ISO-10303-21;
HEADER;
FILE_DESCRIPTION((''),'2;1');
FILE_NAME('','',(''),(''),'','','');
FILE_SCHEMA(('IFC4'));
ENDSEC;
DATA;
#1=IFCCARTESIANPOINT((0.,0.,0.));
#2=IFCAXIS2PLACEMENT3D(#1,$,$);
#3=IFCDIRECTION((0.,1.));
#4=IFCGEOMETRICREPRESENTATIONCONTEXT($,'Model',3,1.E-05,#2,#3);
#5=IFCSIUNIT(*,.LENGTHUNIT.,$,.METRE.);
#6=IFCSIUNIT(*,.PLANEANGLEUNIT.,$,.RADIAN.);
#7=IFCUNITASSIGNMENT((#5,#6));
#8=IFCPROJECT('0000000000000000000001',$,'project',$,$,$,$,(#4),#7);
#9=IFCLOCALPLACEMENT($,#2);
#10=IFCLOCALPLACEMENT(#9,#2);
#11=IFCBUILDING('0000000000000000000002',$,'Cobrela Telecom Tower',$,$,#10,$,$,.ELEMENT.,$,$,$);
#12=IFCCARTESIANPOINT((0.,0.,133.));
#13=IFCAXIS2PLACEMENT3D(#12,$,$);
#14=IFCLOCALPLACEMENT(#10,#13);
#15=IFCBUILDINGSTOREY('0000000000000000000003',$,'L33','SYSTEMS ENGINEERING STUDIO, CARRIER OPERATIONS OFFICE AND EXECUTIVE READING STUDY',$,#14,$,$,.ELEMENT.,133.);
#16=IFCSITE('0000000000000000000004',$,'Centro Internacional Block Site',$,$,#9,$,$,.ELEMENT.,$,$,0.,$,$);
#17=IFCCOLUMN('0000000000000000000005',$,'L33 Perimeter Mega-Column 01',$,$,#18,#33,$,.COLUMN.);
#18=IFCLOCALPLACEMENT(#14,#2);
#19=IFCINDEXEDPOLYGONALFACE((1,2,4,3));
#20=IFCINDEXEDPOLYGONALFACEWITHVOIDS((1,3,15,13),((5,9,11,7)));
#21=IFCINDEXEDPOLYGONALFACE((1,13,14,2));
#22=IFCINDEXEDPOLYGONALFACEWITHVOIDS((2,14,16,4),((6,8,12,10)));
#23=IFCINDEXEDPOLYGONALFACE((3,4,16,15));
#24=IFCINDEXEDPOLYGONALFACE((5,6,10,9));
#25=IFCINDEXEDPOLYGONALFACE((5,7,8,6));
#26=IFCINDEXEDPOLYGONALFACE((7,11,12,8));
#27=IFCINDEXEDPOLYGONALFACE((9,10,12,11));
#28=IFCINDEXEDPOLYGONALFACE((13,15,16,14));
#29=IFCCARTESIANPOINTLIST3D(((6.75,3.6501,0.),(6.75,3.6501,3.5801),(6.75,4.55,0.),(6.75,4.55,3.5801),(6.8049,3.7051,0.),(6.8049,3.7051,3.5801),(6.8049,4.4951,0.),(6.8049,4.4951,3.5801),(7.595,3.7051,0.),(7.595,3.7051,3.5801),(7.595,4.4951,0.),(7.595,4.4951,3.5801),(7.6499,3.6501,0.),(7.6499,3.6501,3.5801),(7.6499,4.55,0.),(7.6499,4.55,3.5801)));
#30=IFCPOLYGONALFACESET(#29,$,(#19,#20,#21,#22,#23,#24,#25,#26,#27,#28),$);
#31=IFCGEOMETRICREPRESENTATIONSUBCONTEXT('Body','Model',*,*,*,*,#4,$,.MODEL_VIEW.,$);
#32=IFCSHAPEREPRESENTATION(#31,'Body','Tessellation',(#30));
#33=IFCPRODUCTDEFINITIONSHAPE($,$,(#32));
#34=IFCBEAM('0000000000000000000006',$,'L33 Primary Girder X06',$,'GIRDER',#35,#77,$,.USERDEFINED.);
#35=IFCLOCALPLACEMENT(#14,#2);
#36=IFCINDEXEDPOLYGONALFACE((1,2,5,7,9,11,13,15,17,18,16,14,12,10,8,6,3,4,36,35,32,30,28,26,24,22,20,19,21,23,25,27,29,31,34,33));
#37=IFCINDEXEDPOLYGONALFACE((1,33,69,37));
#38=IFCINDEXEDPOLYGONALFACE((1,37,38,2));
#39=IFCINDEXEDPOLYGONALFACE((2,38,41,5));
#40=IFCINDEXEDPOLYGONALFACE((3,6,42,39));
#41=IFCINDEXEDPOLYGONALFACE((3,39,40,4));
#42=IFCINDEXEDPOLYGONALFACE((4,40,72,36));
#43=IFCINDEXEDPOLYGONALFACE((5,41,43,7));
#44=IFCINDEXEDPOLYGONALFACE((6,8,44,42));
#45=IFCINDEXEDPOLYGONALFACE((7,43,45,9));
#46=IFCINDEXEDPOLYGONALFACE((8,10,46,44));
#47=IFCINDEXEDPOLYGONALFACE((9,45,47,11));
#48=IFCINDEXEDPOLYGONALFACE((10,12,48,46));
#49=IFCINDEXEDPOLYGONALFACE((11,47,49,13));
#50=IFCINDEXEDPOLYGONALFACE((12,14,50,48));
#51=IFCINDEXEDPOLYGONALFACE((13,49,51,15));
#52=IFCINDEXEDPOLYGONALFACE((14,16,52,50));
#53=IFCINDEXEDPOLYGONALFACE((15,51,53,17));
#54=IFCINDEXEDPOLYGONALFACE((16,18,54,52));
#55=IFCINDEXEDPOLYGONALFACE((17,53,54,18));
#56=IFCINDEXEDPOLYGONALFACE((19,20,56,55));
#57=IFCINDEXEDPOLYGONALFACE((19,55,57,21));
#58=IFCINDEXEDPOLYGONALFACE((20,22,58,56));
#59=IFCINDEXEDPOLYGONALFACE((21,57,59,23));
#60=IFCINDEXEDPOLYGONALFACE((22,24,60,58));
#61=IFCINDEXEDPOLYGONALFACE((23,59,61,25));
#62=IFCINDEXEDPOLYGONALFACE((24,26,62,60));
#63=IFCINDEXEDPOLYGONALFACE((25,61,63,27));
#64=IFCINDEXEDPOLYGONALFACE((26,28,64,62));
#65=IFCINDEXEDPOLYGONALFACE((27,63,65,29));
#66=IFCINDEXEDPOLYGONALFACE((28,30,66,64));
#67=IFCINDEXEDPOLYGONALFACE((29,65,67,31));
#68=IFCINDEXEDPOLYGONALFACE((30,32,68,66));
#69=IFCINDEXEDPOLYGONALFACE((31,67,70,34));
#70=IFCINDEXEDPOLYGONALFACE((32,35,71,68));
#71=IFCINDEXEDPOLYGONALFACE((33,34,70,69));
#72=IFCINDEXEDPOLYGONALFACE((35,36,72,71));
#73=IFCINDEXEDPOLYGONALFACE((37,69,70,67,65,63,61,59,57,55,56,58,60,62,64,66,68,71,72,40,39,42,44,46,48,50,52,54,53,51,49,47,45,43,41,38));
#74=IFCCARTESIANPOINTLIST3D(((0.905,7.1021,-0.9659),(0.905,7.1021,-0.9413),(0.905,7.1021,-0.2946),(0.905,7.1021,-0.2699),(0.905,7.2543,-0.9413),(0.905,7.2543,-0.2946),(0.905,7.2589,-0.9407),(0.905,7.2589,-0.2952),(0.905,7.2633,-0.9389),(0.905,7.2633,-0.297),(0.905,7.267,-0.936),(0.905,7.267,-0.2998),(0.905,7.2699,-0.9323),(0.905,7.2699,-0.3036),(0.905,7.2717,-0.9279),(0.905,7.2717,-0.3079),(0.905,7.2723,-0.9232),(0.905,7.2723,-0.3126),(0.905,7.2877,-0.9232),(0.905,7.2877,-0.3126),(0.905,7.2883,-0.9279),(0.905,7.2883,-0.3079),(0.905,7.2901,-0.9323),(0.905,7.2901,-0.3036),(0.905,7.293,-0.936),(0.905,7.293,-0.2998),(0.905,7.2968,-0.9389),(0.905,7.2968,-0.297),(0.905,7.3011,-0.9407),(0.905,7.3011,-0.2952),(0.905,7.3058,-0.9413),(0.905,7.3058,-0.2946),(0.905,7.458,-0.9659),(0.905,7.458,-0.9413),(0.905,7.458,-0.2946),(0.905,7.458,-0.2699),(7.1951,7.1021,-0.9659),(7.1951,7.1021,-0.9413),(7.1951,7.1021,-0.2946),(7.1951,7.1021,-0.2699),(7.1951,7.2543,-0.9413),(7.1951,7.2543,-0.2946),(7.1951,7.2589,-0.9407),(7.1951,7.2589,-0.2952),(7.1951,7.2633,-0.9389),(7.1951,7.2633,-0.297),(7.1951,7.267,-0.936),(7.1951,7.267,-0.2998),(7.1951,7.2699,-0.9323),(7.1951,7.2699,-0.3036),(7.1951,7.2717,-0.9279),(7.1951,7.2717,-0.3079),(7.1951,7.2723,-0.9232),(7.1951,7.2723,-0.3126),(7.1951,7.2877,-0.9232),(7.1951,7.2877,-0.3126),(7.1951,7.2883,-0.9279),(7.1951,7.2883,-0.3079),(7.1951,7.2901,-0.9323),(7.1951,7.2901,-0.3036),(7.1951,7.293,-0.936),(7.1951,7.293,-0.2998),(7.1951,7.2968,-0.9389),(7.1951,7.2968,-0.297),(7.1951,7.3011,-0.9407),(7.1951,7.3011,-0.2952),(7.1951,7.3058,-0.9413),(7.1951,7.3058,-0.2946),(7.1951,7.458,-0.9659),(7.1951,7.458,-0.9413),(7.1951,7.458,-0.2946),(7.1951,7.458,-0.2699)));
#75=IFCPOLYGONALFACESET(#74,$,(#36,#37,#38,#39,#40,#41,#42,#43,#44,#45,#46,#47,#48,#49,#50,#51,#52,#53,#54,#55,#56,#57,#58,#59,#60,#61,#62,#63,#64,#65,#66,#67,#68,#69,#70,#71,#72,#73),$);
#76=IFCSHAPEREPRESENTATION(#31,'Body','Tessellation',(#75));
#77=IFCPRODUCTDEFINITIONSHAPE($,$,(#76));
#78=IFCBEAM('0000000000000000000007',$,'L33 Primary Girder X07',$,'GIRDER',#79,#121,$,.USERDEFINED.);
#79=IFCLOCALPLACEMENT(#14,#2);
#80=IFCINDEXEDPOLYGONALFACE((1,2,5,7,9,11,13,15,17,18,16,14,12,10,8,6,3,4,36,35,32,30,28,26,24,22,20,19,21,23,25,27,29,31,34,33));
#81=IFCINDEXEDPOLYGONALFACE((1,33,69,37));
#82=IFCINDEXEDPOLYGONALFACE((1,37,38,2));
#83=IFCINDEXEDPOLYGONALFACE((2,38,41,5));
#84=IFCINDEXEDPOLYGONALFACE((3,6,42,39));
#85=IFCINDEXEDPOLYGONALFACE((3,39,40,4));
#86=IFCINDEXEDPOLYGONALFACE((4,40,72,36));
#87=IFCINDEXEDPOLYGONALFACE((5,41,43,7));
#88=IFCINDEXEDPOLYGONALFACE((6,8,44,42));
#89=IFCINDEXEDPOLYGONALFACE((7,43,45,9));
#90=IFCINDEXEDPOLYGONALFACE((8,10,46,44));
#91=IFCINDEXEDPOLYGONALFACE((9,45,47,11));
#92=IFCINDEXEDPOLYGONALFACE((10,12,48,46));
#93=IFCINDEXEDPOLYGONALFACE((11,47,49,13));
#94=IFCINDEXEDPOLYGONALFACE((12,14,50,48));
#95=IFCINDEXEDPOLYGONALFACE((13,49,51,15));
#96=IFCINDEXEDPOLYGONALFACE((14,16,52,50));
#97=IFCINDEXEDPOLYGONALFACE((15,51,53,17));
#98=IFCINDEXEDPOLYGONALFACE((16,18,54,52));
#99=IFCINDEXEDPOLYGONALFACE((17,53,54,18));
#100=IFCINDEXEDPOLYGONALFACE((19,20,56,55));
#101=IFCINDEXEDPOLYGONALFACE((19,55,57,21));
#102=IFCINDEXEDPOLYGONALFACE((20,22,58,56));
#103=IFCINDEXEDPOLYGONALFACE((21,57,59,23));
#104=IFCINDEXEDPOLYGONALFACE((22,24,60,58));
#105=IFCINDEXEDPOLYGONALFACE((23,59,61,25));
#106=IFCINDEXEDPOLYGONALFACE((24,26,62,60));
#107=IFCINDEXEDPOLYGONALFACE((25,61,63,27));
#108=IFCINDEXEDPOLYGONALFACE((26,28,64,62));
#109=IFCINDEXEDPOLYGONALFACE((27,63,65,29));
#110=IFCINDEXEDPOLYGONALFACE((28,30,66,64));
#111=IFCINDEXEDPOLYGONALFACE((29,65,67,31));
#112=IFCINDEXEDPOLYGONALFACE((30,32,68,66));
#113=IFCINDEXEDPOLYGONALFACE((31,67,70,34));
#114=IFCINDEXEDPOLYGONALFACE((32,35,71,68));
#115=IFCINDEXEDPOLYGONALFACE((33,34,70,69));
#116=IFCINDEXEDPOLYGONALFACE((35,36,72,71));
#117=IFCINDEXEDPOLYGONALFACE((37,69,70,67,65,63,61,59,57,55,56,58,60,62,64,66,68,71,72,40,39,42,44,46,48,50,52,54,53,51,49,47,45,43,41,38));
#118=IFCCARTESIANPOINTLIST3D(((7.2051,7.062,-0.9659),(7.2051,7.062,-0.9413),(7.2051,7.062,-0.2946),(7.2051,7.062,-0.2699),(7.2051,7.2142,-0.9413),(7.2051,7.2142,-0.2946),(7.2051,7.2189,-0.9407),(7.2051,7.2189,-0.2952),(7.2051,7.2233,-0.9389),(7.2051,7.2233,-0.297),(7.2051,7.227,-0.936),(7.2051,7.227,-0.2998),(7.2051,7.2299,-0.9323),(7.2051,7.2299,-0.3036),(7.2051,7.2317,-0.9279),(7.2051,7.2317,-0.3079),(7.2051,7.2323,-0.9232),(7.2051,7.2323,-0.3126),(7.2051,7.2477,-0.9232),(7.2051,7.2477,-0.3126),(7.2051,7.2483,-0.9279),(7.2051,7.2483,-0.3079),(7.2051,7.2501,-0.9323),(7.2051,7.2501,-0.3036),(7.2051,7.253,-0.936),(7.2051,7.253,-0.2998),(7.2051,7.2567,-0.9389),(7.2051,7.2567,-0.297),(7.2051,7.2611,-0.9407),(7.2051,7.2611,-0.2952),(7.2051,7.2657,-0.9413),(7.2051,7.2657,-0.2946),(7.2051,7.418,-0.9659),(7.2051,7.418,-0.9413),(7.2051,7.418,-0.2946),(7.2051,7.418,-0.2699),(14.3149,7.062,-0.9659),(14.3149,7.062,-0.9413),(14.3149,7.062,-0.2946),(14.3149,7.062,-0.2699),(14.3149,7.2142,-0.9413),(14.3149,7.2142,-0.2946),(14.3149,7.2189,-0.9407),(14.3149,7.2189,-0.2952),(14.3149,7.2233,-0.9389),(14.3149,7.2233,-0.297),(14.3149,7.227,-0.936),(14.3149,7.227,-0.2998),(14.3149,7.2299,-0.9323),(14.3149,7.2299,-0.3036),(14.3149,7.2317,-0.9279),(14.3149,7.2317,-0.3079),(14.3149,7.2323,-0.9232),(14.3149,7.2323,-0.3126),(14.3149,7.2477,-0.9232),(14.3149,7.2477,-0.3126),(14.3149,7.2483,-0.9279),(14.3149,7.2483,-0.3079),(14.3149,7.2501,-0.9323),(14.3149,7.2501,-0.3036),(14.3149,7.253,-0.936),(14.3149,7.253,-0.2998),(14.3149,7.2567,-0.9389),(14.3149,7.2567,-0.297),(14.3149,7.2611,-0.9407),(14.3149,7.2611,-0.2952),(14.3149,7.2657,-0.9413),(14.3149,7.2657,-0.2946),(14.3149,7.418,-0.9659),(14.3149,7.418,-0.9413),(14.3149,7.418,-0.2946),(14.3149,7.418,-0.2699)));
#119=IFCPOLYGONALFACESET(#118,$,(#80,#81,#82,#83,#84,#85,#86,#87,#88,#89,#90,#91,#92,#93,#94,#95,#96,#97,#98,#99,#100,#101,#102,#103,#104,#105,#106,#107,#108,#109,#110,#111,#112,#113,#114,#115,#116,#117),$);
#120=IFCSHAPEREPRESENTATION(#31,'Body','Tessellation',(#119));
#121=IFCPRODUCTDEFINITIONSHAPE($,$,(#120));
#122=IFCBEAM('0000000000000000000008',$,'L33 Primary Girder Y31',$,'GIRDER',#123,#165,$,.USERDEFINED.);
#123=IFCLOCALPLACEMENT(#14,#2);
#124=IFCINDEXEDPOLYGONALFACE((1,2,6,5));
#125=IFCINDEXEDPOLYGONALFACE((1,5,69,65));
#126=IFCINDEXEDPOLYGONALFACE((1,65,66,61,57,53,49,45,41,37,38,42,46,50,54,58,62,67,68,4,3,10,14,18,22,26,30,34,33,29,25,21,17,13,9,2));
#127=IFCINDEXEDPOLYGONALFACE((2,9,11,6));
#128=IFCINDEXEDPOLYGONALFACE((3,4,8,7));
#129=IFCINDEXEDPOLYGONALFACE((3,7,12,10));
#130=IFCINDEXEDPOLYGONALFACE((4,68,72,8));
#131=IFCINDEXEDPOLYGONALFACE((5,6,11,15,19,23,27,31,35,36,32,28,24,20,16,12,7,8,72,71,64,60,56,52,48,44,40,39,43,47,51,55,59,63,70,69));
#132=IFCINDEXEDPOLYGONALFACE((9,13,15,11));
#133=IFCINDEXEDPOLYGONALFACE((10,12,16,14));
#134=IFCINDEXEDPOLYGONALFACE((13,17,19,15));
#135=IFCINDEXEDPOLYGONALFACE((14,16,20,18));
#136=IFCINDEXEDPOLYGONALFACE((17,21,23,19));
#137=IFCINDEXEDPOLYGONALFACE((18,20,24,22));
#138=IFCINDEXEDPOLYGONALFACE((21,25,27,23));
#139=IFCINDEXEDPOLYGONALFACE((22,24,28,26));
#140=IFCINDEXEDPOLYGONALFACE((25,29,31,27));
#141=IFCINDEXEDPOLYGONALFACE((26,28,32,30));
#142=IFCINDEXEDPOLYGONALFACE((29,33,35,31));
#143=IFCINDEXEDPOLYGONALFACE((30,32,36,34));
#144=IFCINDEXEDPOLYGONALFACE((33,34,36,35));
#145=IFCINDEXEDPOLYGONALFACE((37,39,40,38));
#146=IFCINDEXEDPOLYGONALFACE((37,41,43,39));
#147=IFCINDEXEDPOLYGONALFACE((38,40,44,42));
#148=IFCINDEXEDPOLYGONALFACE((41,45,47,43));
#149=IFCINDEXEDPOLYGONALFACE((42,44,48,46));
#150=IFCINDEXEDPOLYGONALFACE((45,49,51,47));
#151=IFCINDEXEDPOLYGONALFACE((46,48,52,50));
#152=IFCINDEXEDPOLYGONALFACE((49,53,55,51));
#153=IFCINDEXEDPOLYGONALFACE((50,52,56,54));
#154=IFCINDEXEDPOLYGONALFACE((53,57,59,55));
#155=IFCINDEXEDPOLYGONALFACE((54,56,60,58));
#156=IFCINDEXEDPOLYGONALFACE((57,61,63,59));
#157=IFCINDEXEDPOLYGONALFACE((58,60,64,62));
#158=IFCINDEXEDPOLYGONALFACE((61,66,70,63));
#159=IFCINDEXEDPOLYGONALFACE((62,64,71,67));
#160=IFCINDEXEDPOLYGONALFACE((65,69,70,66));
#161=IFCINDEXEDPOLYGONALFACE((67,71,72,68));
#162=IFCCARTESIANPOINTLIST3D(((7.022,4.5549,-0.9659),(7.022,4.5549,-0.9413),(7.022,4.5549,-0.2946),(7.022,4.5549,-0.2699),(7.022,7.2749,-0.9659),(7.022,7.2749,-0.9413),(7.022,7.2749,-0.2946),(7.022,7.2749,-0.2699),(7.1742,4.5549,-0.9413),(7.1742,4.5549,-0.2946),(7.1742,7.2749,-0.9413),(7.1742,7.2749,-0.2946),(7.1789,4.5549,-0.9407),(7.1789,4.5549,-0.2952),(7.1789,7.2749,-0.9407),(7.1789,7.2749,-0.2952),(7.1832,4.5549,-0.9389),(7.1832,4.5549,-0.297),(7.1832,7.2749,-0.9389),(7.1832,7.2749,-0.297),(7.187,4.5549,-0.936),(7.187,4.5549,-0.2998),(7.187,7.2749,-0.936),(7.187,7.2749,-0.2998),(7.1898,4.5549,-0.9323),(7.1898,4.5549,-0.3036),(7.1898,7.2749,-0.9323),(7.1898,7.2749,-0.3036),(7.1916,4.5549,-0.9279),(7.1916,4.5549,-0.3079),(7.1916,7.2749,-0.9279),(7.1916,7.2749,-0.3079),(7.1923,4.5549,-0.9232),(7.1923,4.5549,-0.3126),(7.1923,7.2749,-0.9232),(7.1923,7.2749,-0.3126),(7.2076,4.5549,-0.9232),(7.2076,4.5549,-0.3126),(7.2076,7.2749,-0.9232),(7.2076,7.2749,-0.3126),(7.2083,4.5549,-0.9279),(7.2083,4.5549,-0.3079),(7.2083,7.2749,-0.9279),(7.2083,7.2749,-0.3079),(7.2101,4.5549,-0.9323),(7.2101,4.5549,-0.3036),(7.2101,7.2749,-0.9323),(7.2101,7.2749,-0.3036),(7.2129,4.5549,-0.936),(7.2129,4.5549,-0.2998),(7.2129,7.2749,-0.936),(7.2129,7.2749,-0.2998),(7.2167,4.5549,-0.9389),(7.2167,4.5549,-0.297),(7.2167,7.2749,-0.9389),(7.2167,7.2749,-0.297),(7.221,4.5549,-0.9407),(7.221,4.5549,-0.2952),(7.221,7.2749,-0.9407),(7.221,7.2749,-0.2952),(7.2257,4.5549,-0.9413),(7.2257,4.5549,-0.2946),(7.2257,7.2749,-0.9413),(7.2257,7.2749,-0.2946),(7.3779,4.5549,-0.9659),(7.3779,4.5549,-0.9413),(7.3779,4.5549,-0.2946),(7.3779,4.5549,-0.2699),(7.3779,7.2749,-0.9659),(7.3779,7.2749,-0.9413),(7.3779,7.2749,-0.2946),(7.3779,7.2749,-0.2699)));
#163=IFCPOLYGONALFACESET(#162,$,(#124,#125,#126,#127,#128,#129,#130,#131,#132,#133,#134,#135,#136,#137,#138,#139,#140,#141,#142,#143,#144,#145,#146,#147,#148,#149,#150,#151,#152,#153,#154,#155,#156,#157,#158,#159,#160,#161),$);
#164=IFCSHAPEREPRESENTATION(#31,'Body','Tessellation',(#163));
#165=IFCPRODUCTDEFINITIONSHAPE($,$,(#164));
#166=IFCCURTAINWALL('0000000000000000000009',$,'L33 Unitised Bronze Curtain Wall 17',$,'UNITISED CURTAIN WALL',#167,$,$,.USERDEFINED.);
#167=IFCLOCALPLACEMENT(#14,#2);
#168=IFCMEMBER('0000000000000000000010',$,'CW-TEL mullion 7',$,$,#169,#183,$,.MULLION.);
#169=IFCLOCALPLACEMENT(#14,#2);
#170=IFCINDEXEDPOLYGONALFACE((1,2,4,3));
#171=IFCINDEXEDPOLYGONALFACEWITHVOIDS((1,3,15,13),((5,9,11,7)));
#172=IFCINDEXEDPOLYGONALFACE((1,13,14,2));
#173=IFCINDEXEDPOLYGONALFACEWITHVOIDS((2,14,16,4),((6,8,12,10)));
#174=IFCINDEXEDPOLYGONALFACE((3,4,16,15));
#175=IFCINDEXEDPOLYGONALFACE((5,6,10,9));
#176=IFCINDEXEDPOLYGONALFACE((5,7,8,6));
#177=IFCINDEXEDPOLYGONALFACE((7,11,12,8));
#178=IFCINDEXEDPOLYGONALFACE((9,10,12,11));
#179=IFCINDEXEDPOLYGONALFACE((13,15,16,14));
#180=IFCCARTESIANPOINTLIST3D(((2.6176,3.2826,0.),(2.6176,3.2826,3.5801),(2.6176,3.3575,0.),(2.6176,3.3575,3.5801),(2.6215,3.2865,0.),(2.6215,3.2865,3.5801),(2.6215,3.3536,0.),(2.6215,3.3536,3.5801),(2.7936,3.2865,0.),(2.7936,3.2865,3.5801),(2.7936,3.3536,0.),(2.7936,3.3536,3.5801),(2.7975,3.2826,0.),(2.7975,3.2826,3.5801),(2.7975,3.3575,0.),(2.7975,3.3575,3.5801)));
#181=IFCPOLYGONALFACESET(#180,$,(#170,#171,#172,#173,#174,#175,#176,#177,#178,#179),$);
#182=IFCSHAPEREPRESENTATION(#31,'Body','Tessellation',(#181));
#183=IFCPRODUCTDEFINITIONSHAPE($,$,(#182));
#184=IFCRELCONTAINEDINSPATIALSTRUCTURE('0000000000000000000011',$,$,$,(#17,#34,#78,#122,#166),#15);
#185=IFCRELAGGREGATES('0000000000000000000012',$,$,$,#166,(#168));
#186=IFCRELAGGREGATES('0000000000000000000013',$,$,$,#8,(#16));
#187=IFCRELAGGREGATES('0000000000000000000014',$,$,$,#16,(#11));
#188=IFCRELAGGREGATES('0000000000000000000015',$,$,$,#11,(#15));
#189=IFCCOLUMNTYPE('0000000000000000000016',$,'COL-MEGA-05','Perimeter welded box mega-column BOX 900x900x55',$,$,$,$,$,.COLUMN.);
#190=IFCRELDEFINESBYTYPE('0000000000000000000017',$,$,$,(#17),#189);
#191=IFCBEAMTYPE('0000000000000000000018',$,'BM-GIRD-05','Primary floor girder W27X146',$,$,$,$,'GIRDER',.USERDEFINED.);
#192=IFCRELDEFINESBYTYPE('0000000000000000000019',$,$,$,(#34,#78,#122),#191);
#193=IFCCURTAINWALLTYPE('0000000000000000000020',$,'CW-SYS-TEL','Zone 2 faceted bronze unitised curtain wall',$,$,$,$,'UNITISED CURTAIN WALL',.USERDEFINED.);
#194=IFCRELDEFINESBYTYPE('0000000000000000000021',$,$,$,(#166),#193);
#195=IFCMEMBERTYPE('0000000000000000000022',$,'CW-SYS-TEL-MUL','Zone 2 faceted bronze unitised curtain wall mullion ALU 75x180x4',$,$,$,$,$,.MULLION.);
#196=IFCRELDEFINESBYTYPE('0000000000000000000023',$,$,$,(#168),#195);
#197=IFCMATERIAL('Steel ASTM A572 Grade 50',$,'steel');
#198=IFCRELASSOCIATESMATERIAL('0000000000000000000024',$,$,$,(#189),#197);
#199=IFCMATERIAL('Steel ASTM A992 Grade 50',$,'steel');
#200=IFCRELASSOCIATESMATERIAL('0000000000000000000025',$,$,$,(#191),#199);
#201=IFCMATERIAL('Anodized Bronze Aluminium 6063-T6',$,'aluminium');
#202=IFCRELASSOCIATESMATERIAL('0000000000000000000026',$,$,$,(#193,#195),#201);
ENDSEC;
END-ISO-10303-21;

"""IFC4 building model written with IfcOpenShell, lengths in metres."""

from ifc_helpers import new_model, si_unit, direction, frame, origin, origin_2d, place, context, subcontext, project, spatial, hollow_rectangle, i_section, extrude, material, material_profile, profile_set, type_object, element, aggregate, save


model = new_model("IFC4")

# Units and contexts
model_context = context("Model", 3, precision=1e-05, world=origin(), true_north=direction((0.0, 1.0)))
body_context = subcontext(model_context, "Body", "Model", "MODEL_VIEW")
ifc_project = project(units=[si_unit("LENGTHUNIT", "METRE"), si_unit("PLANEANGLEUNIT", "RADIAN")], contexts=[model_context])

# Site, building, storey
site_placement = place(None, origin())
site = spatial("IfcSite", under=ifc_project, at=site_placement, Name="Centro Internacional Block Site", CompositionType="ELEMENT", RefElevation=0.0)
building_placement = place(site_placement, origin())
building = spatial("IfcBuilding", under=site, at=building_placement, Name="Cobrela Telecom Tower", CompositionType="ELEMENT")
storey_placement = place(building_placement, frame((0.0, 0.0, 133.0)))
storey = spatial("IfcBuildingStorey", under=building, at=storey_placement, Name="L33", Description="SYSTEMS ENGINEERING STUDIO, CARRIER OPERATIONS OFFICE AND EXECUTIVE READING STUDY", CompositionType="ELEMENT", Elevation=133.0)

# Column
ifc_material_1 = material(Name="Steel ASTM A572 Grade 50", Category="steel")
ifc_material_profile_1 = material_profile(ifc_material_1, hollow_rectangle(XDim=0.8999, YDim=0.8999, WallThickness=0.0549, at=origin_2d()), Name="BOX 900x900x55")
ifc_profile_set_1 = profile_set([ifc_material_profile_1], Name="Steel ASTM A572 Grade 50")
column_type = type_object("IfcColumnType", Name="COL-MEGA-05", Description="Perimeter welded box mega-column BOX 900x900x55", PredefinedType="COLUMN", material=ifc_profile_set_1)
column_placement = place(storey_placement, frame((7.2, 4.1001, 0.0), z_axis=(0.0, 0.0, 1.0), x_axis=(1.0, 0.0, 0.0)))
element("IfcColumn", 1, at=column_placement, inside=storey, type_object=column_type, Name="L33 Perimeter Mega-Column 01", PredefinedType="COLUMN", context=body_context, shape_type="SweptSolid", body=[
    extrude(hollow_rectangle(XDim=0.8999, YDim=0.8999, WallThickness=0.0549, at=origin_2d()), origin(), (0.0, 0.0, 1.0), 3.5801),
])

# Beams
ifc_material_2 = material(Name="Steel ASTM A992 Grade 50", Category="steel")
ifc_material_profile_2 = material_profile(ifc_material_2, i_section(OverallWidth=0.356, OverallDepth=0.696, WebThickness=0.0154, FlangeThickness=0.0247, FilletRadius=0.0181, at=origin_2d()), Name="W27X146")
ifc_profile_set_2 = profile_set([ifc_material_profile_2], Name="Steel ASTM A992 Grade 50")
beam_type = type_object("IfcBeamType", Name="BM-GIRD-05", Description="Primary floor girder W27X146", ElementType="GIRDER", PredefinedType="USERDEFINED", material=ifc_profile_set_2)
beam_1_placement = place(storey_placement, frame((0.905, 7.28, -0.6179), z_axis=(1.0, 0.0, 0.0), x_axis=(0.0, 1.0, 0.0)))
element("IfcBeam", 2, at=beam_1_placement, inside=storey, type_object=beam_type, Name="L33 Primary Girder X06", ObjectType="GIRDER", PredefinedType="USERDEFINED", context=body_context, shape_type="SweptSolid", body=[
    extrude(i_section(OverallWidth=0.356, OverallDepth=0.696, WebThickness=0.0154, FlangeThickness=0.0247, FilletRadius=0.0181, at=origin_2d()), origin(), (0.0, 0.0, 1.0), 6.29),
])
beam_2_placement = place(storey_placement, frame((7.2051, 7.24, -0.6179), z_axis=(1.0, 0.0, 0.0), x_axis=(0.0, 1.0, 0.0)))
element("IfcBeam", 3, at=beam_2_placement, inside=storey, type_object=beam_type, Name="L33 Primary Girder X07", ObjectType="GIRDER", PredefinedType="USERDEFINED", context=body_context, shape_type="SweptSolid", body=[
    extrude(i_section(OverallWidth=0.356, OverallDepth=0.696, WebThickness=0.0154, FlangeThickness=0.0247, FilletRadius=0.0181, at=origin_2d()), origin(), (0.0, 0.0, 1.0), 7.1099),
])
beam_3_placement = place(storey_placement, frame((7.2, 4.5549, -0.6179), z_axis=(0.0, 1.0, 0.0), x_axis=(-1.0, 0.0, 0.0)))
element("IfcBeam", 4, at=beam_3_placement, inside=storey, type_object=beam_type, Name="L33 Primary Girder Y31", ObjectType="GIRDER", PredefinedType="USERDEFINED", context=body_context, shape_type="SweptSolid", body=[
    extrude(i_section(OverallWidth=0.356, OverallDepth=0.696, WebThickness=0.0154, FlangeThickness=0.0247, FilletRadius=0.0181, at=origin_2d()), origin(), (0.0, 0.0, 1.0), 2.72),
])

# Curtain wall, member
ifc_material_3 = material(Name="Anodized Bronze Aluminium 6063-T6", Category="aluminium")
curtain_wall_type = type_object("IfcCurtainWallType", Name="CW-SYS-TEL", Description="Zone 2 faceted bronze unitised curtain wall", ElementType="UNITISED CURTAIN WALL", PredefinedType="USERDEFINED", material=ifc_material_3)
curtain_wall_placement = place(storey_placement, origin())
curtain_wall = element("IfcCurtainWall", 5, at=curtain_wall_placement, inside=storey, type_object=curtain_wall_type, Name="L33 Unitised Bronze Curtain Wall 17", ObjectType="UNITISED CURTAIN WALL", PredefinedType="USERDEFINED")
ifc_material_profile_3 = material_profile(ifc_material_3, hollow_rectangle(XDim=0.075, YDim=0.1799, WallThickness=0.0039, at=origin_2d()), Name="ALU 75x180x4")
ifc_profile_set_3 = profile_set([ifc_material_profile_3], Name="Anodized Bronze Aluminium 6063-T6")
member_type = type_object("IfcMemberType", Name="CW-SYS-TEL-MUL", Description="Zone 2 faceted bronze unitised curtain wall mullion ALU 75x180x4", PredefinedType="MULLION", material=ifc_profile_set_3)
member_placement = place(storey_placement, frame((2.7075, 3.3201, 0.0), z_axis=(0.0, 0.0, 1.0), x_axis=(0.0, -1.0, 0.0)))
member = element("IfcMember", 6, at=member_placement, type_object=member_type, Name="CW-TEL mullion 7", PredefinedType="MULLION", context=body_context, shape_type="SweptSolid", body=[
    extrude(hollow_rectangle(XDim=0.075, YDim=0.1799, WallThickness=0.0039, at=origin_2d()), origin(), (0.0, 0.0, 1.0), 3.5801),
])
aggregate(curtain_wall, [member])

save(model, "model.ifc")
